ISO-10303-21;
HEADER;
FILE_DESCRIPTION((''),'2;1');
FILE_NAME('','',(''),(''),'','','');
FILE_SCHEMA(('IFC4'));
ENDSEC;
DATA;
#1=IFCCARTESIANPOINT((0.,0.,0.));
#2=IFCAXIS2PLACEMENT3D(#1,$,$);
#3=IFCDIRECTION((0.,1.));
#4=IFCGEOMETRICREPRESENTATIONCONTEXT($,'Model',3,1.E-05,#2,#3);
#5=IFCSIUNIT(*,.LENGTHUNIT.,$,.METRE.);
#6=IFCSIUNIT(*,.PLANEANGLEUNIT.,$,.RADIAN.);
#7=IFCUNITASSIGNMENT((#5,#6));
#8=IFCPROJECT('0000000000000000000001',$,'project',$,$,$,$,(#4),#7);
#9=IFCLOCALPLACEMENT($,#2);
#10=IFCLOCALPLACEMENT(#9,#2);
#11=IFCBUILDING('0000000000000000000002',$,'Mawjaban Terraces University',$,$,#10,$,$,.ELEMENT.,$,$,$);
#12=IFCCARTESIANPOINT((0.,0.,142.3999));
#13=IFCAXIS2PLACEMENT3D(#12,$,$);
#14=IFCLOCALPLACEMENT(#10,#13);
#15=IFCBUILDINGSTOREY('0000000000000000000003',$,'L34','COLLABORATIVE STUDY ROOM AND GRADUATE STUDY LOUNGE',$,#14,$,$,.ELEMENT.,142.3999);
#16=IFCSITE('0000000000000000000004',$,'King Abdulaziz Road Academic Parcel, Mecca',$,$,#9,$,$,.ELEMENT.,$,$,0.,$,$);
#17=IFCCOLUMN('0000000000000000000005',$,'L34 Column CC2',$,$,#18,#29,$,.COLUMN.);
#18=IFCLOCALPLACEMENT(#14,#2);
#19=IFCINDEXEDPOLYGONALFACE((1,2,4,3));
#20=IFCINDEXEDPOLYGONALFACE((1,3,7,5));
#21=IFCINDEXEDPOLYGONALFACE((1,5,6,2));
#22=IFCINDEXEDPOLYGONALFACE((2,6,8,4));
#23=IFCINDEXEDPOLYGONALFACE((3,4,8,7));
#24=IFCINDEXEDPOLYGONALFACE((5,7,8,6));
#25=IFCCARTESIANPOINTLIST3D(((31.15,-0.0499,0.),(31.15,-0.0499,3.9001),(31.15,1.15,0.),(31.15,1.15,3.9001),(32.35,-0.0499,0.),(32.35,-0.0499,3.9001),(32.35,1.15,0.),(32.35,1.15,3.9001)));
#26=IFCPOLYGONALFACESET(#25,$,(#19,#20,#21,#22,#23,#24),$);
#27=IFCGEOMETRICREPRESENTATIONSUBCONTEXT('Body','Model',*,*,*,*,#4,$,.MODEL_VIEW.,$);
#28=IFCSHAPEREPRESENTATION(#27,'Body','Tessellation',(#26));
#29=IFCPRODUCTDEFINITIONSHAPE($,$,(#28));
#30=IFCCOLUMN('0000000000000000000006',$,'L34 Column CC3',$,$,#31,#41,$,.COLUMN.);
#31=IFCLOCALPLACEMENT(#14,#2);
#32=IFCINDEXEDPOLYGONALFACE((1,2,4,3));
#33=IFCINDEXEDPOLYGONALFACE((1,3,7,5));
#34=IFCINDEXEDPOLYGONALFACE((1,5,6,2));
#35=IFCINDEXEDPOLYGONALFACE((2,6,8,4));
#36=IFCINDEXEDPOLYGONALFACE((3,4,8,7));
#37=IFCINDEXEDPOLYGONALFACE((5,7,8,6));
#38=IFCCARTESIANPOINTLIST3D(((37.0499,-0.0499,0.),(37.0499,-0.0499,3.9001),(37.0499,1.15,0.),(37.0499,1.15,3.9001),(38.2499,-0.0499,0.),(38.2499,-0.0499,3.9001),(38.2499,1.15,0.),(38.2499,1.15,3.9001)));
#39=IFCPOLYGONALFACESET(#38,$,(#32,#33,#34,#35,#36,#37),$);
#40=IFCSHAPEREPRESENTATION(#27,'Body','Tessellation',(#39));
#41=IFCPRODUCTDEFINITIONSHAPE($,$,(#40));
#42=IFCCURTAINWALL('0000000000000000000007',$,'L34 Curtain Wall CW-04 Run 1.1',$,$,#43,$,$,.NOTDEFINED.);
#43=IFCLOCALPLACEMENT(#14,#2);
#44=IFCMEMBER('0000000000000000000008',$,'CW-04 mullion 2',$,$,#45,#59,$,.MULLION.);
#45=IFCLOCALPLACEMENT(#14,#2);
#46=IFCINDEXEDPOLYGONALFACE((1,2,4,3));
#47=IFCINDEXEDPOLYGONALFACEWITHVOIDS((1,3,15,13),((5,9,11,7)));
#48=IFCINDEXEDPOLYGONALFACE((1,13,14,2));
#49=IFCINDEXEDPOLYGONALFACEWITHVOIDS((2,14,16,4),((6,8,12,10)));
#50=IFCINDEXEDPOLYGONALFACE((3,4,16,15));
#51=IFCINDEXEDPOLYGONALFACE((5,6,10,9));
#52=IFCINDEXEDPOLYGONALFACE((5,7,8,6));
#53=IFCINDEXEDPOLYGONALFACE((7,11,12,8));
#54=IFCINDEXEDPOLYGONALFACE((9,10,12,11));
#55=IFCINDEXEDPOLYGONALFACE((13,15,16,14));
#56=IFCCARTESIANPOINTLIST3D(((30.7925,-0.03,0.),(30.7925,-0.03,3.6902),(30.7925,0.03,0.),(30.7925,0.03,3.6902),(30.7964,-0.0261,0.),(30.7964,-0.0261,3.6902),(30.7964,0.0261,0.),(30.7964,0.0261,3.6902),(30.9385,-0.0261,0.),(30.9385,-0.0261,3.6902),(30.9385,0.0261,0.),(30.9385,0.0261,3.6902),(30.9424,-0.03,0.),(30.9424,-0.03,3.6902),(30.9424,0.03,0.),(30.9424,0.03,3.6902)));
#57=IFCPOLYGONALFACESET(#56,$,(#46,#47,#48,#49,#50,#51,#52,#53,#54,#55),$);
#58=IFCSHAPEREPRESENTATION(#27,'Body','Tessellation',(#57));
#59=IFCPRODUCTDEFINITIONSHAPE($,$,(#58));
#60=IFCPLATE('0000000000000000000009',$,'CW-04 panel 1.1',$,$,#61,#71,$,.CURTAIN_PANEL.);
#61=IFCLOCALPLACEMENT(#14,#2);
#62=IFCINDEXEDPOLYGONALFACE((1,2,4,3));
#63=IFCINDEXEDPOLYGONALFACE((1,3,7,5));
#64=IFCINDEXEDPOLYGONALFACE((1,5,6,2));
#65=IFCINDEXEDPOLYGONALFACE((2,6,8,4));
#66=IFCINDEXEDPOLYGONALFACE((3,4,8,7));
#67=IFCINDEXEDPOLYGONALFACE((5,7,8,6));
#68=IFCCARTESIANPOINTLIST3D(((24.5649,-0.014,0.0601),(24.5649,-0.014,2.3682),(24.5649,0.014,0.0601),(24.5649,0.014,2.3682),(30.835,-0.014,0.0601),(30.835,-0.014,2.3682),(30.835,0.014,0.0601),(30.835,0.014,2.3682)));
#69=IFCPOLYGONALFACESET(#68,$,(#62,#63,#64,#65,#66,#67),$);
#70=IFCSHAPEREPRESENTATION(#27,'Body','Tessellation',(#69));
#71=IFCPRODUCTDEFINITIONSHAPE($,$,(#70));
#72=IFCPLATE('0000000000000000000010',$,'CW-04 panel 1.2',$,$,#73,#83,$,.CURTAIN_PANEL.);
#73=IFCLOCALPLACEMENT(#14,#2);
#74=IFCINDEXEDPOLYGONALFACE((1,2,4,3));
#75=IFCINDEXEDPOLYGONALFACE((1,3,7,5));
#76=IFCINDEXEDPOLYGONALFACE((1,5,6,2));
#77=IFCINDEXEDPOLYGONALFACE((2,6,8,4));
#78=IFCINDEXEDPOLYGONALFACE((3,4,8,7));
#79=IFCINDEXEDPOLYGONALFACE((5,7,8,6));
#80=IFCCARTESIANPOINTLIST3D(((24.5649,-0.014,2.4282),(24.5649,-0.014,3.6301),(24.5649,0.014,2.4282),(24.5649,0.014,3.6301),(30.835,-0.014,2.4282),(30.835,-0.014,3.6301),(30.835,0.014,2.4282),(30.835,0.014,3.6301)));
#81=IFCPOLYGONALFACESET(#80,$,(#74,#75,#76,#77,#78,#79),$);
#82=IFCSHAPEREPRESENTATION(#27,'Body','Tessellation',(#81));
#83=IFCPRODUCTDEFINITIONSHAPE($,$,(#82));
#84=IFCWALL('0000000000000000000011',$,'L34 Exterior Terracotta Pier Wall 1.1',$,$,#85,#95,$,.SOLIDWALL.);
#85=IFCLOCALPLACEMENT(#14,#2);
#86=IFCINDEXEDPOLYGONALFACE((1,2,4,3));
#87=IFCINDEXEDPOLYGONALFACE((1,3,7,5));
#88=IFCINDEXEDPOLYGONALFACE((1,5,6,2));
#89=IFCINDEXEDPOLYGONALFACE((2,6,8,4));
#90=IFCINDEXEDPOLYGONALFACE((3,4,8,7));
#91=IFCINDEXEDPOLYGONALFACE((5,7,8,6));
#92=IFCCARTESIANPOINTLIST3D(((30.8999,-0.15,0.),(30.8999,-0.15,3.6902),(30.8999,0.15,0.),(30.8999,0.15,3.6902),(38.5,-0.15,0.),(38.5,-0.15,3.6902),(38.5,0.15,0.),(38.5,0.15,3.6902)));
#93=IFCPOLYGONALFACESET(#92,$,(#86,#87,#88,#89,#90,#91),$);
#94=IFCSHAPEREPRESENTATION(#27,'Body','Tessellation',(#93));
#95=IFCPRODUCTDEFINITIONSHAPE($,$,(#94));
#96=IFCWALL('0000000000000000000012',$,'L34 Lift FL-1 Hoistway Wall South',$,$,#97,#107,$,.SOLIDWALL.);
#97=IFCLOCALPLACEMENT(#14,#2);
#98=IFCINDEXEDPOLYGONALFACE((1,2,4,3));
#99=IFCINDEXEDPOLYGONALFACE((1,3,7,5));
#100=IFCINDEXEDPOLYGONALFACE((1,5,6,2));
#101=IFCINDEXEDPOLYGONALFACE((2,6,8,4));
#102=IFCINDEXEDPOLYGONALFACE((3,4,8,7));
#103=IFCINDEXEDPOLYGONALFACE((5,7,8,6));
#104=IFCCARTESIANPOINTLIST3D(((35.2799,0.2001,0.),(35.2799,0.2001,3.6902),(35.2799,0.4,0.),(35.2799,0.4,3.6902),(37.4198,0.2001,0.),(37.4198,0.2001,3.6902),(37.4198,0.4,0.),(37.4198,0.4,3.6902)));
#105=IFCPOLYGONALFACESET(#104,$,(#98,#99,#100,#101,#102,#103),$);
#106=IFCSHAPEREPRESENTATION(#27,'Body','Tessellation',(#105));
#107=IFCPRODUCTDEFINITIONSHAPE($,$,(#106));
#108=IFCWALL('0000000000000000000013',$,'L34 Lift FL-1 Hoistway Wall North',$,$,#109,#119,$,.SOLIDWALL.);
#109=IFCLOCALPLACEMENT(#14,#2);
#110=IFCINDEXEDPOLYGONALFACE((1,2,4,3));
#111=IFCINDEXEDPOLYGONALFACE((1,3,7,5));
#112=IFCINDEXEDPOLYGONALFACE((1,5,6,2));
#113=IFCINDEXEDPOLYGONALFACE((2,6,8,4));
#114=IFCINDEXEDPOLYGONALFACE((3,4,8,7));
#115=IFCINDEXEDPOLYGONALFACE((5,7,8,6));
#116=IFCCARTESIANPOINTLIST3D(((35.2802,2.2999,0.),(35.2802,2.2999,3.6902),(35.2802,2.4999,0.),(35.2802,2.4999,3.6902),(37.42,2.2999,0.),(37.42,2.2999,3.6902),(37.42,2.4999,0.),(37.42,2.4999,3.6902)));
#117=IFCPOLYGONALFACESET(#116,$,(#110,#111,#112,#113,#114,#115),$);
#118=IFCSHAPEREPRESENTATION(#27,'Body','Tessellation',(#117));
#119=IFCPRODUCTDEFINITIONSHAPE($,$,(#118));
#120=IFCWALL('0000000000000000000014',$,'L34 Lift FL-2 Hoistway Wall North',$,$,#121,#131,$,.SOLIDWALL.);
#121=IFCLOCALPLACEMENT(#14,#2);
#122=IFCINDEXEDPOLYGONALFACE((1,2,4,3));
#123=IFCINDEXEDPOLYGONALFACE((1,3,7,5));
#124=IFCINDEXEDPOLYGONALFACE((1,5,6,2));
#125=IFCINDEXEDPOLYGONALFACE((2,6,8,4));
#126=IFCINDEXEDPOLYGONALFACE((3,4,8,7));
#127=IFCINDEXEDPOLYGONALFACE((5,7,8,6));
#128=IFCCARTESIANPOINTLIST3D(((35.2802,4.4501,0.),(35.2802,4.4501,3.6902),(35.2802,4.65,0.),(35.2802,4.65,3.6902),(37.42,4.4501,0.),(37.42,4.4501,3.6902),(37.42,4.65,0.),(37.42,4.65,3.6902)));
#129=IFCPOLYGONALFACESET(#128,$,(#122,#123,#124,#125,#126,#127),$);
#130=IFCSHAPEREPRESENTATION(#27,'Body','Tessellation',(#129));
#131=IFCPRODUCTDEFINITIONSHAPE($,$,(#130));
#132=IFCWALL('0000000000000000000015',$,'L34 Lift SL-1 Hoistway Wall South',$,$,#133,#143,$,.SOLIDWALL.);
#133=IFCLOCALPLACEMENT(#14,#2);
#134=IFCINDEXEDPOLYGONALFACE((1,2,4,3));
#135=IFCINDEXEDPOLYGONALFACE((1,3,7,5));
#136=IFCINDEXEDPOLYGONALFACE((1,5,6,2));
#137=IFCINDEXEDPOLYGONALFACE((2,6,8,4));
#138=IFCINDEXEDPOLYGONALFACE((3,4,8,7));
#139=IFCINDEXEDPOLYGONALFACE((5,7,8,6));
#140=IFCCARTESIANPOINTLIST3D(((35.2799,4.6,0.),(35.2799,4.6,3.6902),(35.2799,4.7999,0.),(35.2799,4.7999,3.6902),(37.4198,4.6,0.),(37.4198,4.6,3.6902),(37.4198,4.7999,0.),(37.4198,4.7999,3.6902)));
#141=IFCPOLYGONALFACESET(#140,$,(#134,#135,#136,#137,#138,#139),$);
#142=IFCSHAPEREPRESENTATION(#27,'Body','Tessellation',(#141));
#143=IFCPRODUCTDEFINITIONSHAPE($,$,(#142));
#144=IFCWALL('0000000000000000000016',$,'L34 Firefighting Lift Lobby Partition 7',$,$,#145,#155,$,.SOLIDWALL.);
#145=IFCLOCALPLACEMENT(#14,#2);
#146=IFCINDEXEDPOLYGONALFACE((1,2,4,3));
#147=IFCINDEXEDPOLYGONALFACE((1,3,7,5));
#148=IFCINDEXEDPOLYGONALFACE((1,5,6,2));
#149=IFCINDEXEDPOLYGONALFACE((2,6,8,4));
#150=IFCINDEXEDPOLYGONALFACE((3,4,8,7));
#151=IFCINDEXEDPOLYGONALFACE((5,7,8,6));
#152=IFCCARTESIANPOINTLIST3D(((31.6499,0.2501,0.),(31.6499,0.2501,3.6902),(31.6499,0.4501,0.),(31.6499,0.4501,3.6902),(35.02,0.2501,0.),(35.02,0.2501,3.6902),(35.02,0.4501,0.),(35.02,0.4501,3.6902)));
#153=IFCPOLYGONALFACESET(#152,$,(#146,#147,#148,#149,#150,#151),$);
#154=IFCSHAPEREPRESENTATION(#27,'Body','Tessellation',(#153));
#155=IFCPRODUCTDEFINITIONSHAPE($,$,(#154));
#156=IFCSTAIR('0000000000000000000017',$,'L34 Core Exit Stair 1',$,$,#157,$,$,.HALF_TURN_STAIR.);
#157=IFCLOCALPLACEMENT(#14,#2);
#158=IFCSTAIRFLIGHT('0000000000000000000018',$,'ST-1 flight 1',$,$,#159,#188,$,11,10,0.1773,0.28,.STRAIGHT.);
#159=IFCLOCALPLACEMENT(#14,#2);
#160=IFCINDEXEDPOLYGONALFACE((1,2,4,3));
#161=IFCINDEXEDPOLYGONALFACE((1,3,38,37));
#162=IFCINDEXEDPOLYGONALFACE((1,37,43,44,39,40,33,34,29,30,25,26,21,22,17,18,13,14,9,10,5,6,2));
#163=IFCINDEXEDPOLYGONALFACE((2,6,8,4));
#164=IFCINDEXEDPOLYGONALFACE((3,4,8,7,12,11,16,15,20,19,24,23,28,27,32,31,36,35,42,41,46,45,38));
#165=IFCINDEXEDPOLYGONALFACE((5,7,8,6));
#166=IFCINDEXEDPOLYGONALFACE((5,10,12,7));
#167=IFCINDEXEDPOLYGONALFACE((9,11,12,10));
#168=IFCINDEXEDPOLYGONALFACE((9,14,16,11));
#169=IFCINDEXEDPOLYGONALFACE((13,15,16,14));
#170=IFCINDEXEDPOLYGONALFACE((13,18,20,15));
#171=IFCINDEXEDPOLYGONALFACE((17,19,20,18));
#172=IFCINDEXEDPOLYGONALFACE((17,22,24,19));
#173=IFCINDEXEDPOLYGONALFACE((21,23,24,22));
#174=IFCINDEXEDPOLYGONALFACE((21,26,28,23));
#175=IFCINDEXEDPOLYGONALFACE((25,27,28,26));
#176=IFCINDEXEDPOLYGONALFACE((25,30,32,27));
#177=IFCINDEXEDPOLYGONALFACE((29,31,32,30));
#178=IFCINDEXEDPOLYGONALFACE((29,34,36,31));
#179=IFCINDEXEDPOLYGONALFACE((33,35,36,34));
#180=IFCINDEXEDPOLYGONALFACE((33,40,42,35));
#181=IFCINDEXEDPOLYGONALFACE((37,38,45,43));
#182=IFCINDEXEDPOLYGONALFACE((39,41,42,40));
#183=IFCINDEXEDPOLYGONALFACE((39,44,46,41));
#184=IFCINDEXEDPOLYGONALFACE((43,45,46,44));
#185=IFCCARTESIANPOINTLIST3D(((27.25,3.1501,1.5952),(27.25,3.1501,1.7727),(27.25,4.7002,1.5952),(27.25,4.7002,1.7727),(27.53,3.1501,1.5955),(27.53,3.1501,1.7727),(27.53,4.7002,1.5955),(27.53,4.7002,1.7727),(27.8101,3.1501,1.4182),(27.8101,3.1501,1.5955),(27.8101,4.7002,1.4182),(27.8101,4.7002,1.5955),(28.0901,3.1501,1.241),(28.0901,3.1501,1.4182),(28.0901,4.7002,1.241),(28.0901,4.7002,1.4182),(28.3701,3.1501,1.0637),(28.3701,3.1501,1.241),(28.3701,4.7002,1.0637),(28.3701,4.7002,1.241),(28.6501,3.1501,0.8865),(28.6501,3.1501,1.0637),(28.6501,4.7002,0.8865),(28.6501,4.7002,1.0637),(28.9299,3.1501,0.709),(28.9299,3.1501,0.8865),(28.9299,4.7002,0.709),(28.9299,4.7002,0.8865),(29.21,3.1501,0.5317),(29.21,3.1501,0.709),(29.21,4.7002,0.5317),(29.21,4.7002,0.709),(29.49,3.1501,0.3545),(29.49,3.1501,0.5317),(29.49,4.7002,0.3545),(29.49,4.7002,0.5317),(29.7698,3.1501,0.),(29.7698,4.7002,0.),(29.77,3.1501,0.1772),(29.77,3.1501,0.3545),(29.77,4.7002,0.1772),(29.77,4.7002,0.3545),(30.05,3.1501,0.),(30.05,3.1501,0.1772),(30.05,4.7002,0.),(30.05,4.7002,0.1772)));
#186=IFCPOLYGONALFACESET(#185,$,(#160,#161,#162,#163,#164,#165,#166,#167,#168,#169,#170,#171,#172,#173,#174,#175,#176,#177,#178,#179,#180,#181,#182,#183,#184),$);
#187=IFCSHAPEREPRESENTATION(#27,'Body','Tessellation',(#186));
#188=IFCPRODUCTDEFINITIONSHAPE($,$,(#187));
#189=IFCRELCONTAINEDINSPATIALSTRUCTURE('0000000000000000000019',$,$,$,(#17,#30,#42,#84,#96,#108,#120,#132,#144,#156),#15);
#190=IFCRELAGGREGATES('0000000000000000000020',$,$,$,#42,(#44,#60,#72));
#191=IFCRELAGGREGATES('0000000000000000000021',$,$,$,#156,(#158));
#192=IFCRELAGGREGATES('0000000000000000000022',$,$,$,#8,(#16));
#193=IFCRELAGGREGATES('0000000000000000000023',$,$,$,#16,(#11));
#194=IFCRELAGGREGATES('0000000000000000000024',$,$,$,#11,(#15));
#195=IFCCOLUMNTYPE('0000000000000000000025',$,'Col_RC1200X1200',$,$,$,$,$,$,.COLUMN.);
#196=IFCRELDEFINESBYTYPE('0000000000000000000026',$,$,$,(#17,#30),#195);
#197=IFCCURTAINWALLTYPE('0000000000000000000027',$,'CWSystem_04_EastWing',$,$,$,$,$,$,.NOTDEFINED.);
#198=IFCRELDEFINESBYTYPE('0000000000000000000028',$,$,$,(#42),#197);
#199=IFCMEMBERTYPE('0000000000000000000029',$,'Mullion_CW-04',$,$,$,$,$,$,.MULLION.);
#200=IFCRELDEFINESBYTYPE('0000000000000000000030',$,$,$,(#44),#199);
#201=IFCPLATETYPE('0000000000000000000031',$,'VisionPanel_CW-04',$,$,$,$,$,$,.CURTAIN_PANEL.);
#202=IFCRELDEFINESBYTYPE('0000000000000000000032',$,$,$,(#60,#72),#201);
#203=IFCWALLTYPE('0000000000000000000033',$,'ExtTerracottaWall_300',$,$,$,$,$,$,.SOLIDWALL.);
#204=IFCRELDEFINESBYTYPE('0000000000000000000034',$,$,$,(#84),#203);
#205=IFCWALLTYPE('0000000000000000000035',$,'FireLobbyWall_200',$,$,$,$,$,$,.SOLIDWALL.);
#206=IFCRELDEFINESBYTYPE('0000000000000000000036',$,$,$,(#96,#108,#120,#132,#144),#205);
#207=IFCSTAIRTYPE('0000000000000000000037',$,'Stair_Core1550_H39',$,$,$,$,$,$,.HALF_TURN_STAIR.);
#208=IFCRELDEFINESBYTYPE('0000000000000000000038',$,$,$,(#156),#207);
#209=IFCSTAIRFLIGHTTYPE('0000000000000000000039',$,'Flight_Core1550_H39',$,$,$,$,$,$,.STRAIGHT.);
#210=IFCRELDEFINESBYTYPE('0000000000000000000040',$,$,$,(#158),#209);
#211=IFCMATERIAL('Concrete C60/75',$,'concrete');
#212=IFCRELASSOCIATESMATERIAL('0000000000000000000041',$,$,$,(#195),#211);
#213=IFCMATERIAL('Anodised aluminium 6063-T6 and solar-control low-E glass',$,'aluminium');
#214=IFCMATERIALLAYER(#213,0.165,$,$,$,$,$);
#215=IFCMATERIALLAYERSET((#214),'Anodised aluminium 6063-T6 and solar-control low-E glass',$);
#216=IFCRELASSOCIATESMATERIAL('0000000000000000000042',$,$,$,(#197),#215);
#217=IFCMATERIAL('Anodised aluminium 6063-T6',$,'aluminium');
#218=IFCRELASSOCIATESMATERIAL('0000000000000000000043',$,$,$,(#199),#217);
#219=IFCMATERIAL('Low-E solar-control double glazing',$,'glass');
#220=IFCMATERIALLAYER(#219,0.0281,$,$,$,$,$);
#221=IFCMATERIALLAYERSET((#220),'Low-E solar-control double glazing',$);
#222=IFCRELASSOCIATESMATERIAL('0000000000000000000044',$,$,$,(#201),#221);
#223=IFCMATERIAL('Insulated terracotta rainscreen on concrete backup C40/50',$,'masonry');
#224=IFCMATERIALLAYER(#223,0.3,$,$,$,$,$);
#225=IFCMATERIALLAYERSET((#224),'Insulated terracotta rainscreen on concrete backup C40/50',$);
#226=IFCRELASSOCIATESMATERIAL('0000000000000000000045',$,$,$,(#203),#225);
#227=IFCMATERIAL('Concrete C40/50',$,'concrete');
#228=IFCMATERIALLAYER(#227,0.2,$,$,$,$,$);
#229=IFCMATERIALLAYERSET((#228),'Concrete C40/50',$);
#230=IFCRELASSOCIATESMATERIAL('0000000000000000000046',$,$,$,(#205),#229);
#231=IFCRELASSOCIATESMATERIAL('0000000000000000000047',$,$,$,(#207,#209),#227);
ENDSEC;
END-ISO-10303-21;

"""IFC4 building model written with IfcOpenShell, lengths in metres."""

from ifc_helpers import new_model, si_unit, direction, frame, frame_2d, origin, origin_2d, place, context, subcontext, project, spatial, polyline, rectangle, hollow_rectangle, outline, extrude, material, layer, layer_set, material_profile, profile_set, type_object, element, aggregate, save


model = new_model("IFC4")

# Units and contexts
model_context = context("Model", 3, precision=1e-05, world=origin(), true_north=direction((0.0, 1.0)))
body_context = subcontext(model_context, "Body", "Model", "MODEL_VIEW")
ifc_project = project(units=[si_unit("LENGTHUNIT", "METRE"), si_unit("PLANEANGLEUNIT", "RADIAN")], contexts=[model_context])

# Site, building, storey
site_placement = place(None, origin())
site = spatial("IfcSite", under=ifc_project, at=site_placement, Name="King Abdulaziz Road Academic Parcel, Mecca", CompositionType="ELEMENT", RefElevation=0.0)
building_placement = place(site_placement, origin())
building = spatial("IfcBuilding", under=site, at=building_placement, Name="Mawjaban Terraces University", CompositionType="ELEMENT")
storey_placement = place(building_placement, frame((0.0, 0.0, 142.3999)))
storey = spatial("IfcBuildingStorey", under=building, at=storey_placement, Name="L34", Description="COLLABORATIVE STUDY ROOM AND GRADUATE STUDY LOUNGE", CompositionType="ELEMENT", Elevation=142.3999)

# Columns
ifc_material_1 = material(Name="Concrete C60/75", Category="concrete")
ifc_material_profile_1 = material_profile(ifc_material_1, rectangle(XDim=1.2, YDim=1.2, at=origin_2d()), Name="RC1200X1200")
ifc_profile_set_1 = profile_set([ifc_material_profile_1], Name="Concrete C60/75")
column_type = type_object("IfcColumnType", Name="Col_RC1200X1200", PredefinedType="COLUMN", material=ifc_profile_set_1)
for number, where, z_axis, x_axis, name in (
    (1, (31.75, 0.55, 0.0), (0.0, 0.0, 1.0), (1.0, 0.0, 0.0), "L34 Column CC2"),
    (2, (37.6499, 0.55, 0.0), (0.0, 0.0, 1.0), (1.0, 0.0, 0.0), "L34 Column CC3"),
):
    element("IfcColumn", number, at=place(storey_placement, frame(where, z_axis=z_axis, x_axis=x_axis)), inside=storey, type_object=column_type, Name=name, PredefinedType="COLUMN", context=body_context, shape_type="SweptSolid", body=[
        extrude(rectangle(XDim=1.2, YDim=1.2, at=origin_2d()), origin(), (0.0, 0.0, 1.0), 3.9001),
    ])

# Curtain wall, member, plates
ifc_material_2 = material(Name="Anodised aluminium 6063-T6 and solar-control low-E glass", Category="aluminium")
ifc_layer_1 = layer(ifc_material_2, 0.165)
ifc_layer_set_1 = layer_set([ifc_layer_1], Name="Anodised aluminium 6063-T6 and solar-control low-E glass")
curtain_wall_type = type_object("IfcCurtainWallType", Name="CWSystem_04_EastWing", PredefinedType="NOTDEFINED", material=ifc_layer_set_1)
curtain_wall_placement = place(storey_placement, origin())
curtain_wall = element("IfcCurtainWall", 3, at=curtain_wall_placement, inside=storey, type_object=curtain_wall_type, Name="L34 Curtain Wall CW-04 Run 1.1", PredefinedType="NOTDEFINED")
ifc_material_3 = material(Name="Anodised aluminium 6063-T6", Category="aluminium")
ifc_material_profile_2 = material_profile(ifc_material_3, hollow_rectangle(XDim=0.0601, YDim=0.1499, WallThickness=0.0039, at=origin_2d()), Name="ALU150X60X4")
ifc_profile_set_2 = profile_set([ifc_material_profile_2], Name="Anodised aluminium 6063-T6")
member_type = type_object("IfcMemberType", Name="Mullion_CW-04", PredefinedType="MULLION", material=ifc_profile_set_2)
member_placement = place(storey_placement, frame((30.8674, 0.0, 0.0), z_axis=(0.0, 0.0, 1.0), x_axis=(0.0, 1.0, 0.0)))
member = element("IfcMember", 4, at=member_placement, type_object=member_type, Name="CW-04 mullion 2", PredefinedType="MULLION", context=body_context, shape_type="SweptSolid", body=[
    extrude(hollow_rectangle(XDim=0.0601, YDim=0.1499, WallThickness=0.0039, at=origin_2d()), origin(), (0.0, 0.0, 1.0), 3.6902),
])
ifc_material_4 = material(Name="Low-E solar-control double glazing", Category="glass")
ifc_layer_2 = layer(ifc_material_4, 0.0281)
ifc_layer_set_2 = layer_set([ifc_layer_2], Name="Low-E solar-control double glazing")
plate_type = type_object("IfcPlateType", Name="VisionPanel_CW-04", PredefinedType="CURTAIN_PANEL", material=ifc_layer_set_2)
plate_1_placement = place(storey_placement, frame((27.7, 0.0, 0.0601), z_axis=(0.0, 0.0, 1.0), x_axis=(1.0, 0.0, 0.0)))
plate_1 = element("IfcPlate", 5, at=plate_1_placement, type_object=plate_type, Name="CW-04 panel 1.1", PredefinedType="CURTAIN_PANEL", context=body_context, shape_type="SweptSolid", body=[
    extrude(rectangle(XDim=6.27, YDim=0.0281, at=origin_2d()), origin(), (0.0, 0.0, 1.0), 2.3081),
])
plate_2_placement = place(storey_placement, frame((27.7, 0.0, 2.4282), z_axis=(0.0, 0.0, 1.0), x_axis=(1.0, 0.0, 0.0)))
plate_2 = element("IfcPlate", 6, at=plate_2_placement, type_object=plate_type, Name="CW-04 panel 1.2", PredefinedType="CURTAIN_PANEL", context=body_context, shape_type="SweptSolid", body=[
    extrude(rectangle(XDim=6.27, YDim=0.0281, at=origin_2d()), origin(), (0.0, 0.0, 1.0), 1.2019),
])
aggregate(curtain_wall, [member, plate_1, plate_2])

# Wall
ifc_material_5 = material(Name="Insulated terracotta rainscreen on concrete backup C40/50", Category="masonry")
ifc_layer_3 = layer(ifc_material_5, 0.3)
ifc_layer_set_3 = layer_set([ifc_layer_3], Name="Insulated terracotta rainscreen on concrete backup C40/50")
wall_type_1 = type_object("IfcWallType", Name="ExtTerracottaWall_300", PredefinedType="SOLIDWALL", material=ifc_layer_set_3)
wall_1_placement = place(storey_placement, frame((30.8999, 0.0, 0.0), z_axis=(0.0, 0.0, 1.0), x_axis=(1.0, 0.0, 0.0)))
element("IfcWall", 7, at=wall_1_placement, inside=storey, type_object=wall_type_1, Name="L34 Exterior Terracotta Pier Wall 1.1", PredefinedType="SOLIDWALL", context=body_context, shape_type="SweptSolid", body=[
    extrude(rectangle(XDim=7.6001, YDim=0.3, at=frame_2d((3.8, 0.0))), origin(), (0.0, 0.0, 1.0), 3.6902),
])

# Shared definitions
ifc_material_6 = material(Name="Concrete C40/50", Category="concrete")
ifc_layer_4 = layer(ifc_material_6, 0.2)
ifc_layer_set_4 = layer_set([ifc_layer_4], Name="Concrete C40/50")
wall_type_2 = type_object("IfcWallType", Name="FireLobbyWall_200", PredefinedType="SOLIDWALL", material=ifc_layer_set_4)

# Walls
for number, where, z_axis, x_axis, name in (
    (8, (35.28, 0.3, 0.0), (0.0, 0.0, 1.0), (1.0, 0.0, 0.0), "L34 Lift FL-1 Hoistway Wall South"),
    (9, (37.4199, 2.3999, 0.0), (0.0, 0.0, 1.0), (-1.0, 0.0, 0.0), "L34 Lift FL-1 Hoistway Wall North"),
):
    element("IfcWall", number, at=place(storey_placement, frame(where, z_axis=z_axis, x_axis=x_axis)), inside=storey, type_object=wall_type_2, Name=name, PredefinedType="SOLIDWALL", context=body_context, shape_type="SweptSolid", body=[
        extrude(rectangle(XDim=2.1399, YDim=0.2, at=frame_2d((1.0698, 0.0))), origin(), (0.0, 0.0, 1.0), 3.6902),
    ])

# Walls
for number, where, z_axis, x_axis, name in (
    (10, (37.4199, 4.55, 0.0), (0.0, 0.0, 1.0), (-1.0, 0.0, 0.0), "L34 Lift FL-2 Hoistway Wall North"),
    (11, (35.28, 4.7, 0.0), (0.0, 0.0, 1.0), (1.0, 0.0, 0.0), "L34 Lift SL-1 Hoistway Wall South"),
):
    element("IfcWall", number, at=place(storey_placement, frame(where, z_axis=z_axis, x_axis=x_axis)), inside=storey, type_object=wall_type_2, Name=name, PredefinedType="SOLIDWALL", context=body_context, shape_type="SweptSolid", body=[
        extrude(rectangle(XDim=2.1399, YDim=0.2, at=frame_2d((1.0698, 0.0))), origin(), (0.0, 0.0, 1.0), 3.6902),
    ])
wall_2_placement = place(storey_placement, frame((31.6499, 0.3501, 0.0), z_axis=(0.0, 0.0, 1.0), x_axis=(1.0, 0.0, 0.0)))
element("IfcWall", 12, at=wall_2_placement, inside=storey, type_object=wall_type_2, Name="L34 Firefighting Lift Lobby Partition 7", PredefinedType="SOLIDWALL", context=body_context, shape_type="SweptSolid", body=[
    extrude(rectangle(XDim=3.3701, YDim=0.2, at=frame_2d((1.6851, 0.0))), origin(), (0.0, 0.0, 1.0), 3.6902),
])

# Stair, stair flight
stair_type = type_object("IfcStairType", Name="Stair_Core1550_H39", PredefinedType="HALF_TURN_STAIR", material=ifc_material_6)
stair_placement = place(storey_placement, origin())
stair = element("IfcStair", 13, at=stair_placement, inside=storey, type_object=stair_type, Name="L34 Core Exit Stair 1", PredefinedType="HALF_TURN_STAIR")
stair_flight_type = type_object("IfcStairFlightType", Name="Flight_Core1550_H39", PredefinedType="STRAIGHT", material=ifc_material_6)
stair_flight_placement = place(storey_placement, frame((30.05, 3.925, 0.0), z_axis=(0.0, 0.0, 1.0), x_axis=(-1.0, 0.0, 0.0)))
stair_flight = element("IfcStairFlight", 14, at=stair_flight_placement, type_object=stair_flight_type, Name="ST-1 flight 1", NumberOfRisers=11, NumberOfTreads=10, PredefinedType="STRAIGHT", RiserHeight=0.1773, TreadLength=0.28, context=body_context, shape_type="SweptSolid", body=[
    extrude(outline(polyline([(0.0, 0.0), (0.0, 0.1772), (0.28, 0.1772), (0.28, 0.3545), (0.5601, 0.3545), (0.5601, 0.5317), (0.8401, 0.5317), (0.8401, 0.709), (1.1201, 0.709), (1.1201, 0.8865), (1.3999, 0.8865), (1.3999, 1.0637), (1.6799, 1.0637), (1.6799, 1.241), (1.96, 1.241), (1.96, 1.4182), (2.24, 1.4182), (2.24, 1.5955), (2.52, 1.5955), (2.52, 1.7727), (2.8, 1.7727), (2.8, 1.95), (2.8, 1.5952), (0.2803, 0.0), (0.0, 0.0)])), frame((0.0, 0.7749, 0.0), z_axis=(0.0, -1.0, 0.0), x_axis=(1.0, 0.0, 0.0)), (0.0, 0.0, 1.0), 1.55),
])
aggregate(stair, [stair_flight])

save(model, "model.ifc")
